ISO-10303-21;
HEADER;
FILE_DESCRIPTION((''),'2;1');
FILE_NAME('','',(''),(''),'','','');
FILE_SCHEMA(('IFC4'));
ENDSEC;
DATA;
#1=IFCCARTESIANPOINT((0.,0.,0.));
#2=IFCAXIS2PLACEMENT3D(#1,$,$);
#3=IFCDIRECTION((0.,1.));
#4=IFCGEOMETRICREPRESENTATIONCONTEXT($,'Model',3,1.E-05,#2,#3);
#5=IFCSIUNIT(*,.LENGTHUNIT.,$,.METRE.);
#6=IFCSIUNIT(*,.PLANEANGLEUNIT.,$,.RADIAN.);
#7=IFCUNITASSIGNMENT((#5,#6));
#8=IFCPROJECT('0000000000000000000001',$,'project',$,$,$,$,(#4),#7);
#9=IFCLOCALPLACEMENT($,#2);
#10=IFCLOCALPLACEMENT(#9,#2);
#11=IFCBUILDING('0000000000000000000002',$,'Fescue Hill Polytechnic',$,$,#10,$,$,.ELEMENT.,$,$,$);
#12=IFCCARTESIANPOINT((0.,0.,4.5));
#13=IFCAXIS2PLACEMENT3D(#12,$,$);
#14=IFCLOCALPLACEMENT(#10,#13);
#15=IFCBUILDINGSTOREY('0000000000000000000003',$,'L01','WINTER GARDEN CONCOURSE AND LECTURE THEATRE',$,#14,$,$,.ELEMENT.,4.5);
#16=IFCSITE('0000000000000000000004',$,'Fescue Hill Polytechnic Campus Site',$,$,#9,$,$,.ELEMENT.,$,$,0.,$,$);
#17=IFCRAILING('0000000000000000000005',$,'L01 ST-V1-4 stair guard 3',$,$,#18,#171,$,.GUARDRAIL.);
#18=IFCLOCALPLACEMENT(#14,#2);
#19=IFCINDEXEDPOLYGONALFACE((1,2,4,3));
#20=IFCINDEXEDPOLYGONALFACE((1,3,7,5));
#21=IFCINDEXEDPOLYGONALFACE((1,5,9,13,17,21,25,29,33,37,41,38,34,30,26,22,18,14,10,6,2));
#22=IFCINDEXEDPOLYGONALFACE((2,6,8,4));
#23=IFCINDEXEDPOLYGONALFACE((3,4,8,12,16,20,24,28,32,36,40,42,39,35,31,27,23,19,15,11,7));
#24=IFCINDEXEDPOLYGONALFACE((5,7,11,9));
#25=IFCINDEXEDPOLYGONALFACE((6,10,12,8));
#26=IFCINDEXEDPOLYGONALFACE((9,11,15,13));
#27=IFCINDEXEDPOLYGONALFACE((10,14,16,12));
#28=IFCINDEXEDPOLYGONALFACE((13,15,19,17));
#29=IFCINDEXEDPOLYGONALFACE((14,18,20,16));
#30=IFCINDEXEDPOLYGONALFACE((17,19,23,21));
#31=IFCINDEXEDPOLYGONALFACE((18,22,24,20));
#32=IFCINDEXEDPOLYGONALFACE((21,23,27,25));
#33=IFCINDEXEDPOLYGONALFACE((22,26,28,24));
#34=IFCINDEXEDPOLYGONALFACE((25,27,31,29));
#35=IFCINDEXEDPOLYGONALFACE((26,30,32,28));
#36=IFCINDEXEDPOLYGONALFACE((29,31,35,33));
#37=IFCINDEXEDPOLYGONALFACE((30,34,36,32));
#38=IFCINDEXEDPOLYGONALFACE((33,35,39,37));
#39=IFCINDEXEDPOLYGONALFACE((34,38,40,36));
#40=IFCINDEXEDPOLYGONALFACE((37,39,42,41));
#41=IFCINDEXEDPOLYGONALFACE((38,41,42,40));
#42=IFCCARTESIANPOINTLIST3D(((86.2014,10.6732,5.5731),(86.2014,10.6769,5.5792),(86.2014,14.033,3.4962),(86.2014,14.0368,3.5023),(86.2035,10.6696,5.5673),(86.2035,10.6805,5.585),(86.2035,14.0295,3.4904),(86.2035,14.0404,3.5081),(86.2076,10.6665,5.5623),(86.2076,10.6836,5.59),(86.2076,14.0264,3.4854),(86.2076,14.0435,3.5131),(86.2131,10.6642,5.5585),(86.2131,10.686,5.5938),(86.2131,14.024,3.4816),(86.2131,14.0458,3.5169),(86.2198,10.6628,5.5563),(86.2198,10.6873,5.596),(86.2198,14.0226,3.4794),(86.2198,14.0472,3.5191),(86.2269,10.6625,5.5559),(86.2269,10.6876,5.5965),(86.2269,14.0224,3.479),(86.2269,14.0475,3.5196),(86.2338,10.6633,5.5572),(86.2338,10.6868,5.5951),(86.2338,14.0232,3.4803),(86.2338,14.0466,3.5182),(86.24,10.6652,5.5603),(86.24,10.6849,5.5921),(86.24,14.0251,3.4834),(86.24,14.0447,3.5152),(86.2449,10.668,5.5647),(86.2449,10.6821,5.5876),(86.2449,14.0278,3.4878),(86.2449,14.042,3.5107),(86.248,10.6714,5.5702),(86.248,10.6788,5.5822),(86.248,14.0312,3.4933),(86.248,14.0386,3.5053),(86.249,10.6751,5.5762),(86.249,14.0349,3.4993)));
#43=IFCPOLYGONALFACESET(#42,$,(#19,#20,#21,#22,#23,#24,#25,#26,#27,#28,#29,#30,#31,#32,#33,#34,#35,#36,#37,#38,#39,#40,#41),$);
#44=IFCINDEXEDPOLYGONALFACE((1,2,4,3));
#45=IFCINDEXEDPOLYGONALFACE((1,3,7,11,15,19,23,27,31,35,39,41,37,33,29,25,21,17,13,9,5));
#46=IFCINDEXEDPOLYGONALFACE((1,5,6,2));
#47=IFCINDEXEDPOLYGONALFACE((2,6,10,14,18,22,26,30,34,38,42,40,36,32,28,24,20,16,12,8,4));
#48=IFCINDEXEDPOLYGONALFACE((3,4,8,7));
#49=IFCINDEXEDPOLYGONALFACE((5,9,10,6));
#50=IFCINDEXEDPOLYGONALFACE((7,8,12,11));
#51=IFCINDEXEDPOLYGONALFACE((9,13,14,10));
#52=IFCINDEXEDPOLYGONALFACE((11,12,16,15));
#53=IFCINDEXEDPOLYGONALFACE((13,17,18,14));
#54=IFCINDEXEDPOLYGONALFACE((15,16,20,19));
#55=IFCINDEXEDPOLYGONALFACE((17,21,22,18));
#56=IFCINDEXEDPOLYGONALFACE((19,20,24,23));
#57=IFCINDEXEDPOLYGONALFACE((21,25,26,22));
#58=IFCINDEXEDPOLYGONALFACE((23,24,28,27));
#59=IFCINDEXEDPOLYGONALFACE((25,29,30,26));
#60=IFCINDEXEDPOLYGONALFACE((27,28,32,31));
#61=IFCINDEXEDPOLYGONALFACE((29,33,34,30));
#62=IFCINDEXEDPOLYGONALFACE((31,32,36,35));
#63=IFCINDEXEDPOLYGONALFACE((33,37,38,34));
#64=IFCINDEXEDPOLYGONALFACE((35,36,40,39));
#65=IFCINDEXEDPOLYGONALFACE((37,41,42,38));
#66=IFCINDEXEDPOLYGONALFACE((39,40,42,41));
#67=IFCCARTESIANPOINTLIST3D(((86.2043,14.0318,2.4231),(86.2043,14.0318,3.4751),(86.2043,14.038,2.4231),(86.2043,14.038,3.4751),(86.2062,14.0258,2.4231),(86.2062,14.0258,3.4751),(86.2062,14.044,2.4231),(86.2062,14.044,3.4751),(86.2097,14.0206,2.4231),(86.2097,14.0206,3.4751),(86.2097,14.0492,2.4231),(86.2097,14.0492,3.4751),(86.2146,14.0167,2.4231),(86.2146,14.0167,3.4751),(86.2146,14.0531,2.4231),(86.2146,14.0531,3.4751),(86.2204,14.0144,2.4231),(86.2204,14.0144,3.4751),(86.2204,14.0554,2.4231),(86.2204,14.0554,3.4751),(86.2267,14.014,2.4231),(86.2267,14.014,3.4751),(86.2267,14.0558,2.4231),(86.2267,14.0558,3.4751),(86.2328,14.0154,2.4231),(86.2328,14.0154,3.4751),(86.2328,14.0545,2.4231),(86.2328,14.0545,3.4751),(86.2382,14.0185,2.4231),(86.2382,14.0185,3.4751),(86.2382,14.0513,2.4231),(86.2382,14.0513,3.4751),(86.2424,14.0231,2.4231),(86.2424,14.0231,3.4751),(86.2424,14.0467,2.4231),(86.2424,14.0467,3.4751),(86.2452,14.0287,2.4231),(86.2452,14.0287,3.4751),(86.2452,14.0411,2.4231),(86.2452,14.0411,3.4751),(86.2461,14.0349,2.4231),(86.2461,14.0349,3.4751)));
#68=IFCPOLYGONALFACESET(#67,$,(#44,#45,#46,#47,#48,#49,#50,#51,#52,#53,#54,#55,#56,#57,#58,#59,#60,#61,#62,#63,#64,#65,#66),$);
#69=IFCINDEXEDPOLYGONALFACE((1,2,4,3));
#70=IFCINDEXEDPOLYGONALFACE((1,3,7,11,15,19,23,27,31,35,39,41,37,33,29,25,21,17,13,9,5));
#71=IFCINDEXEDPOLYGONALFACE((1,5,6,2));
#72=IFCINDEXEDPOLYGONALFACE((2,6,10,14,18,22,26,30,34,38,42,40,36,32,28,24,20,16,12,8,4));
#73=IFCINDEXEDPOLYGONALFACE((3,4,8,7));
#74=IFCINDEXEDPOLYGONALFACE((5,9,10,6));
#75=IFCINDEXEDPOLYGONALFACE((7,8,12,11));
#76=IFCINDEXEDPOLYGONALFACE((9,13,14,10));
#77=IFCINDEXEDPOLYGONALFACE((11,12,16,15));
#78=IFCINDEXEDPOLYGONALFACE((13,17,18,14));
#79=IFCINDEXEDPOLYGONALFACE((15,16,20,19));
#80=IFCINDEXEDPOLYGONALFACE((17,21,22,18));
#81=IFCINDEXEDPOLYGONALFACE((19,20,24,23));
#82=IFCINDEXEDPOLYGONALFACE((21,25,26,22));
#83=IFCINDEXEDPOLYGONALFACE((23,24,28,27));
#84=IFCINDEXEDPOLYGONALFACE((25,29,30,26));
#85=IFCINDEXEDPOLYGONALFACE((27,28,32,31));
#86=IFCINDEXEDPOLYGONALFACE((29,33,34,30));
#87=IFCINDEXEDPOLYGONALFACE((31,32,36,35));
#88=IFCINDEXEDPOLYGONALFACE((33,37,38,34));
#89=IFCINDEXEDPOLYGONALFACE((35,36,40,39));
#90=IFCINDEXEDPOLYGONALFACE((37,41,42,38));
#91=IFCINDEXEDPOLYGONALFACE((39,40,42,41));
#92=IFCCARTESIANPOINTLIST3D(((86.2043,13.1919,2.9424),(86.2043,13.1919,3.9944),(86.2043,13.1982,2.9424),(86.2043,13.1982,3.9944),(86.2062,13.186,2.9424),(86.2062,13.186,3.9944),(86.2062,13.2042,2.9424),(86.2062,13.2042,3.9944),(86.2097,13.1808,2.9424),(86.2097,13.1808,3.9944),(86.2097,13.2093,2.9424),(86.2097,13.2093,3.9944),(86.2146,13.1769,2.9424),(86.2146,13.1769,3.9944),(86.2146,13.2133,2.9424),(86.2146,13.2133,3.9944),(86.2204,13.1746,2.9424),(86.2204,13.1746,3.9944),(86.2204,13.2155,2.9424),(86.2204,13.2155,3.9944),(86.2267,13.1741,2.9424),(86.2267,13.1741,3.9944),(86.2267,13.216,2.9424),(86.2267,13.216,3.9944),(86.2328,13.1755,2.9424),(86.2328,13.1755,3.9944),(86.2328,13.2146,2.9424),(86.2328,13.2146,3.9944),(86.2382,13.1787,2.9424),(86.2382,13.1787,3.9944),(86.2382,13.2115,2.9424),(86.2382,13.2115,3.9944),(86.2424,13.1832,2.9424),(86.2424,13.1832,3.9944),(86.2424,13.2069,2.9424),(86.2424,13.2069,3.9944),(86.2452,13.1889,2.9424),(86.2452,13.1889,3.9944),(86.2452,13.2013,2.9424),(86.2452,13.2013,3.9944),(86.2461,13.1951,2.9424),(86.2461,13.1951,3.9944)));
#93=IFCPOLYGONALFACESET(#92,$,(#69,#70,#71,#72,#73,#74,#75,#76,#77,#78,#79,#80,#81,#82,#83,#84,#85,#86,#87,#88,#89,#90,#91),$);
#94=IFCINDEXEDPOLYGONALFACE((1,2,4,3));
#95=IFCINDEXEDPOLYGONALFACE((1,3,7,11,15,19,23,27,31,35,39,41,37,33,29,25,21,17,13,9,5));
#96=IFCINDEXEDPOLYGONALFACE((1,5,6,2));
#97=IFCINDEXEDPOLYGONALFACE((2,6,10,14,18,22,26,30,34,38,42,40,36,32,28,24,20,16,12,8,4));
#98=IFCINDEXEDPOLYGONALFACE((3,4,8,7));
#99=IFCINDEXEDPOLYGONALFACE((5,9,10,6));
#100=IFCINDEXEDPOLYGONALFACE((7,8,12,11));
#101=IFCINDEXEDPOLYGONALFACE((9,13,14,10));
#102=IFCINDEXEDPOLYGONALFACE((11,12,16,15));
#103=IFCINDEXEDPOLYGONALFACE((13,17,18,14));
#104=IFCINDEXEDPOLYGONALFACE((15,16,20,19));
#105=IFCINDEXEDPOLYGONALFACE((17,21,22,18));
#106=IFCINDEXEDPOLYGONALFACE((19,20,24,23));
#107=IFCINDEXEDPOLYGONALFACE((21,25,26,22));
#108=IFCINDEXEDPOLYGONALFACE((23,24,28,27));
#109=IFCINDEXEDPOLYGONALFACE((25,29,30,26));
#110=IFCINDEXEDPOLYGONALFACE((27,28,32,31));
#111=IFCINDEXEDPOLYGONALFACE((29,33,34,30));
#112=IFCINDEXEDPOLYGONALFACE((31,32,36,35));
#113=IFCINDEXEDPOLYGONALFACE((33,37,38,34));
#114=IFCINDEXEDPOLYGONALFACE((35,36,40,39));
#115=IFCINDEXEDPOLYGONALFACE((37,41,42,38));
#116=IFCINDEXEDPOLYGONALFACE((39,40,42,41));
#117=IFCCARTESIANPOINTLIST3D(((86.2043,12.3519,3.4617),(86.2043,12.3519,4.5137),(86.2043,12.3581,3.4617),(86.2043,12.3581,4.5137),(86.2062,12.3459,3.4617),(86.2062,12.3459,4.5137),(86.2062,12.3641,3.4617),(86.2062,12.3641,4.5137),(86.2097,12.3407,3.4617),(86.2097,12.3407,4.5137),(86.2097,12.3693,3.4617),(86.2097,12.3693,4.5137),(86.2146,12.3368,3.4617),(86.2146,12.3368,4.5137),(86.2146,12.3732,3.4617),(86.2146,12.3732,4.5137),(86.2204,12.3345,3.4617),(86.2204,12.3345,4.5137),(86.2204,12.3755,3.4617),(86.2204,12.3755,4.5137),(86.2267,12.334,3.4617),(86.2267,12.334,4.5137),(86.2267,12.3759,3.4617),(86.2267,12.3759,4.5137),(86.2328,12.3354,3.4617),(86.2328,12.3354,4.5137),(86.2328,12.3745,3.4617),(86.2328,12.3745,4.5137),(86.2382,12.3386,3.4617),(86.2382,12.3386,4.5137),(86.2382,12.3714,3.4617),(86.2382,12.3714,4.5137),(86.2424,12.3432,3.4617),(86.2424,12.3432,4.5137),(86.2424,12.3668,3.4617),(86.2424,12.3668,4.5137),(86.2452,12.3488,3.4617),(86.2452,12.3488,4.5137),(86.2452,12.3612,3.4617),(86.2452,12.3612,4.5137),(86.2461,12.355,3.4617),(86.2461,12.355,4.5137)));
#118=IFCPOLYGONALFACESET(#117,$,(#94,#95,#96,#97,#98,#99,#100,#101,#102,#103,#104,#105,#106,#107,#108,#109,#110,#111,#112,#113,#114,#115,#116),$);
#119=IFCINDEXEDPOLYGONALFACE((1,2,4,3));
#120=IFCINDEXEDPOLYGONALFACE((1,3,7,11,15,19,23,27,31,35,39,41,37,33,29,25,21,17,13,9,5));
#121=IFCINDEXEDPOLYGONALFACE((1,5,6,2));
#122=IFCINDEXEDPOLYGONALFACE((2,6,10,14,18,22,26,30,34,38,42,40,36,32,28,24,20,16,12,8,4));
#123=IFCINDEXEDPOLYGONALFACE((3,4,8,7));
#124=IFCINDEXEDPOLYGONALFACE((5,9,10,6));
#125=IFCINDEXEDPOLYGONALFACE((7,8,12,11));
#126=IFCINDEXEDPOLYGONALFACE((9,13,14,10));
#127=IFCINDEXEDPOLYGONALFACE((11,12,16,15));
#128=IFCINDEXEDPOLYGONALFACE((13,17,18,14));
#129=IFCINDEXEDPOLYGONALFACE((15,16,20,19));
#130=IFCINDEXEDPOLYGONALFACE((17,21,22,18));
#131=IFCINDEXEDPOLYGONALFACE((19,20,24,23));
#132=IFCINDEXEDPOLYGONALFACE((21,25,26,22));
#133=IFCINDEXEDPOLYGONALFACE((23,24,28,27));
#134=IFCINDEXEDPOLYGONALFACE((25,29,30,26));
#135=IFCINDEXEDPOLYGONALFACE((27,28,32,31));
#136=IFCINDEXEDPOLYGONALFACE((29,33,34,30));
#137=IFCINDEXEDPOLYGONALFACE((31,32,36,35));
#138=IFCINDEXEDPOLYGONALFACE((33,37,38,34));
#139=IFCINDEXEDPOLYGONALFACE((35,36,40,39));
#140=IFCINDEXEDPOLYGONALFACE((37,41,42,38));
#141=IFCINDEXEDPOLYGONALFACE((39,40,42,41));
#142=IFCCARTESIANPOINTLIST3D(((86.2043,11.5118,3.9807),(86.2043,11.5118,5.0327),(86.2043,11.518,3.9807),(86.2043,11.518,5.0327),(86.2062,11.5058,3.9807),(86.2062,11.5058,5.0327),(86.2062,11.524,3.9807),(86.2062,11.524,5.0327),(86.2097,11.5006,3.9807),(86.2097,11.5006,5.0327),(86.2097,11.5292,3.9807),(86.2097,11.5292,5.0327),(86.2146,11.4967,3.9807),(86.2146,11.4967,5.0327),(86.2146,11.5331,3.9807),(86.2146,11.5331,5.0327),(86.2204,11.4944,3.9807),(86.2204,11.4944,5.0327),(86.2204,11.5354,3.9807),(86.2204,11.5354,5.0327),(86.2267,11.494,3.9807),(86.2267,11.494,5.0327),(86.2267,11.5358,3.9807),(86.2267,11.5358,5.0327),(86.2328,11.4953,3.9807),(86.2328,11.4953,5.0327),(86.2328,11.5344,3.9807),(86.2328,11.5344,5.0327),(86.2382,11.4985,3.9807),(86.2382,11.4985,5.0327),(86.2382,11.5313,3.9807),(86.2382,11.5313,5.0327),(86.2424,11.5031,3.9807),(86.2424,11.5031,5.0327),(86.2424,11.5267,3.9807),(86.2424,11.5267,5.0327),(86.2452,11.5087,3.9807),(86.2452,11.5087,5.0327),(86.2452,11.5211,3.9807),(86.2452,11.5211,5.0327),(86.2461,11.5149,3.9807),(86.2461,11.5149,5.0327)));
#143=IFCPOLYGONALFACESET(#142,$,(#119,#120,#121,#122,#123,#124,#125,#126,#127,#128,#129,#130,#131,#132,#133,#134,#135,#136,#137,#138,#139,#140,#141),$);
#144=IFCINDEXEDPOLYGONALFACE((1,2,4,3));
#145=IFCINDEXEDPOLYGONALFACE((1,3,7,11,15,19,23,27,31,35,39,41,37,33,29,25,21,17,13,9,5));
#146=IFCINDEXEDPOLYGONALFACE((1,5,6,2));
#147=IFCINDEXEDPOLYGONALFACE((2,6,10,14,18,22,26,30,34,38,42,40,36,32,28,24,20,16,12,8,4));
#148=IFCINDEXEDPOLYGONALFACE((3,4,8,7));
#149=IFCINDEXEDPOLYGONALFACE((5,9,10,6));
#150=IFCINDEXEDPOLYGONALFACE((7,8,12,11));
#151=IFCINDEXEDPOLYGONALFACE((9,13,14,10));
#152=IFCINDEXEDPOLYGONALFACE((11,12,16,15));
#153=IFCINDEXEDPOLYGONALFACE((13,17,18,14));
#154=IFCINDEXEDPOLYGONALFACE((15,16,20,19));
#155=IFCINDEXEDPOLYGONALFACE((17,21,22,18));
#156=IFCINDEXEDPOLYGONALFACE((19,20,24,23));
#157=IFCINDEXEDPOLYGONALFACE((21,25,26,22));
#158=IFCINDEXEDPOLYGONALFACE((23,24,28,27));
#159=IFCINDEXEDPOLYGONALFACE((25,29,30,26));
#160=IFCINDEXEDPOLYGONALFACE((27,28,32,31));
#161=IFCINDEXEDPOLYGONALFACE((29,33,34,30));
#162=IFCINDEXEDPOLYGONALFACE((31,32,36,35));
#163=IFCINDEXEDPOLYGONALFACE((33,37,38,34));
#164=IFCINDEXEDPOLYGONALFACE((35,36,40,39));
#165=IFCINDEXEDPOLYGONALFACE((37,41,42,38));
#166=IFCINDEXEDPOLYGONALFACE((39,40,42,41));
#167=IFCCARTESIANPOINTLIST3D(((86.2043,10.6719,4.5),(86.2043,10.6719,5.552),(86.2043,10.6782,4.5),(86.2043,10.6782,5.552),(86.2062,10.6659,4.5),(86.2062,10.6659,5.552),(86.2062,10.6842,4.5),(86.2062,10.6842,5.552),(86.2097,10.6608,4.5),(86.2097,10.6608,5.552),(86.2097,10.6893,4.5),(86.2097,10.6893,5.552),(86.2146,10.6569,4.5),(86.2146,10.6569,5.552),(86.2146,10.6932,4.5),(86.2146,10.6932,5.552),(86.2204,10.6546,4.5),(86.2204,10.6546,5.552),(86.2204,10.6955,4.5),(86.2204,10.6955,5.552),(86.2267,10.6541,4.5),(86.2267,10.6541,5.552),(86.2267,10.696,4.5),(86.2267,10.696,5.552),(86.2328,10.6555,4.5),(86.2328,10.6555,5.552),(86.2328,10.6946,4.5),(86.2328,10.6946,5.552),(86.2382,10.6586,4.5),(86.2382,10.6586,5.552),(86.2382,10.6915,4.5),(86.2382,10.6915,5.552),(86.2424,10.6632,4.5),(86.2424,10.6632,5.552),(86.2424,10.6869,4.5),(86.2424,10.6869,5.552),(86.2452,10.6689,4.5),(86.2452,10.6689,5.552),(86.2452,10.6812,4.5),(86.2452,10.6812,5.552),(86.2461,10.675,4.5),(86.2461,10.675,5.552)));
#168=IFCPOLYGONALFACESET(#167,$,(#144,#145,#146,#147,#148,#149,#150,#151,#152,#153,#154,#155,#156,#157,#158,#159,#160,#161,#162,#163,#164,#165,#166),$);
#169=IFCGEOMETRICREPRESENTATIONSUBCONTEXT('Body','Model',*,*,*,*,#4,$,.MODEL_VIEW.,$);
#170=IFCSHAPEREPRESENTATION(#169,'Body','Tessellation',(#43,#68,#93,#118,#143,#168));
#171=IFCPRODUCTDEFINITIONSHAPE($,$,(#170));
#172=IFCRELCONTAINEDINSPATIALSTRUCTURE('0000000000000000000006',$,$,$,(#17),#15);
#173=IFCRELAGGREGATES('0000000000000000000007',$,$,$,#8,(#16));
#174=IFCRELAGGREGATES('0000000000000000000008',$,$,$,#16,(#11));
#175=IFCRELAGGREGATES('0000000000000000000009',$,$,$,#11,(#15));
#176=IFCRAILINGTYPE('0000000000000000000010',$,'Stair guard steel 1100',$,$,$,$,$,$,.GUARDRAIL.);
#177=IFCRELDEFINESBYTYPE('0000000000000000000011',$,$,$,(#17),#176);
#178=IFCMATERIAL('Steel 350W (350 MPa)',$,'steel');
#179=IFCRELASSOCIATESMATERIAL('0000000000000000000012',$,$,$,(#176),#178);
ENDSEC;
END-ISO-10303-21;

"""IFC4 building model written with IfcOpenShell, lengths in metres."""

from ifc_helpers import new_model, si_unit, direction, frame, origin, origin_2d, place, context, subcontext, project, spatial, circle, extrude, material, type_object, element, save


model = new_model("IFC4")

# Units and contexts
model_context = context("Model", 3, precision=1e-05, world=origin(), true_north=direction((0.0, 1.0)))
body_context = subcontext(model_context, "Body", "Model", "MODEL_VIEW")
ifc_project = project(units=[si_unit("LENGTHUNIT", "METRE"), si_unit("PLANEANGLEUNIT", "RADIAN")], contexts=[model_context])

# Site, building, storey
site_placement = place(None, origin())
site = spatial("IfcSite", under=ifc_project, at=site_placement, Name="Fescue Hill Polytechnic Campus Site", CompositionType="ELEMENT", RefElevation=0.0)
building_placement = place(site_placement, origin())
building = spatial("IfcBuilding", under=site, at=building_placement, Name="Fescue Hill Polytechnic", CompositionType="ELEMENT")
storey_placement = place(building_placement, frame((0.0, 0.0, 4.5)))
storey = spatial("IfcBuildingStorey", under=building, at=storey_placement, Name="L01", Description="WINTER GARDEN CONCOURSE AND LECTURE THEATRE", CompositionType="ELEMENT", Elevation=4.5)

# Railing
ifc_material_1 = material(Name="Steel 350W (350 MPa)", Category="steel")
railing_type_1 = type_object("IfcRailingType", Name="Stair guard steel 1100", PredefinedType="GUARDRAIL", material=ifc_material_1)
railing_1_placement = place(storey_placement, frame((86.2251, 14.0349, 2.4231)))
element("IfcRailing", 1, at=railing_1_placement, inside=storey, type_object=railing_type_1, Name="L01 ST-V1-4 stair guard 3", PredefinedType="GUARDRAIL", context=body_context, shape_type="SweptSolid", body=[
    extrude(circle(Radius=0.0239, at=origin_2d()), frame((0.0, 0.0, 1.0762), z_axis=(0.0, -0.850606, 0.525803), x_axis=(1.0, 0.0, 0.0)), (0.0, 0.0, 1.0), 3.95),
    extrude(circle(Radius=0.021, at=origin_2d()), origin(), (0.0, 0.0, 1.0), 1.052),
    extrude(circle(Radius=0.021, at=origin_2d()), frame((0.0, -0.8398, 0.5193)), (0.0, 0.0, 1.0), 1.052),
    extrude(circle(Radius=0.021, at=origin_2d()), frame((0.0, -1.6799, 1.0386)), (0.0, 0.0, 1.0), 1.052),
    extrude(circle(Radius=0.021, at=origin_2d()), frame((0.0, -2.52, 1.5576)), (0.0, 0.0, 1.0), 1.052),
    extrude(circle(Radius=0.021, at=origin_2d()), frame((0.0, -3.3599, 2.0769)), (0.0, 0.0, 1.0), 1.052),
])

save(model, "model.ifc")
